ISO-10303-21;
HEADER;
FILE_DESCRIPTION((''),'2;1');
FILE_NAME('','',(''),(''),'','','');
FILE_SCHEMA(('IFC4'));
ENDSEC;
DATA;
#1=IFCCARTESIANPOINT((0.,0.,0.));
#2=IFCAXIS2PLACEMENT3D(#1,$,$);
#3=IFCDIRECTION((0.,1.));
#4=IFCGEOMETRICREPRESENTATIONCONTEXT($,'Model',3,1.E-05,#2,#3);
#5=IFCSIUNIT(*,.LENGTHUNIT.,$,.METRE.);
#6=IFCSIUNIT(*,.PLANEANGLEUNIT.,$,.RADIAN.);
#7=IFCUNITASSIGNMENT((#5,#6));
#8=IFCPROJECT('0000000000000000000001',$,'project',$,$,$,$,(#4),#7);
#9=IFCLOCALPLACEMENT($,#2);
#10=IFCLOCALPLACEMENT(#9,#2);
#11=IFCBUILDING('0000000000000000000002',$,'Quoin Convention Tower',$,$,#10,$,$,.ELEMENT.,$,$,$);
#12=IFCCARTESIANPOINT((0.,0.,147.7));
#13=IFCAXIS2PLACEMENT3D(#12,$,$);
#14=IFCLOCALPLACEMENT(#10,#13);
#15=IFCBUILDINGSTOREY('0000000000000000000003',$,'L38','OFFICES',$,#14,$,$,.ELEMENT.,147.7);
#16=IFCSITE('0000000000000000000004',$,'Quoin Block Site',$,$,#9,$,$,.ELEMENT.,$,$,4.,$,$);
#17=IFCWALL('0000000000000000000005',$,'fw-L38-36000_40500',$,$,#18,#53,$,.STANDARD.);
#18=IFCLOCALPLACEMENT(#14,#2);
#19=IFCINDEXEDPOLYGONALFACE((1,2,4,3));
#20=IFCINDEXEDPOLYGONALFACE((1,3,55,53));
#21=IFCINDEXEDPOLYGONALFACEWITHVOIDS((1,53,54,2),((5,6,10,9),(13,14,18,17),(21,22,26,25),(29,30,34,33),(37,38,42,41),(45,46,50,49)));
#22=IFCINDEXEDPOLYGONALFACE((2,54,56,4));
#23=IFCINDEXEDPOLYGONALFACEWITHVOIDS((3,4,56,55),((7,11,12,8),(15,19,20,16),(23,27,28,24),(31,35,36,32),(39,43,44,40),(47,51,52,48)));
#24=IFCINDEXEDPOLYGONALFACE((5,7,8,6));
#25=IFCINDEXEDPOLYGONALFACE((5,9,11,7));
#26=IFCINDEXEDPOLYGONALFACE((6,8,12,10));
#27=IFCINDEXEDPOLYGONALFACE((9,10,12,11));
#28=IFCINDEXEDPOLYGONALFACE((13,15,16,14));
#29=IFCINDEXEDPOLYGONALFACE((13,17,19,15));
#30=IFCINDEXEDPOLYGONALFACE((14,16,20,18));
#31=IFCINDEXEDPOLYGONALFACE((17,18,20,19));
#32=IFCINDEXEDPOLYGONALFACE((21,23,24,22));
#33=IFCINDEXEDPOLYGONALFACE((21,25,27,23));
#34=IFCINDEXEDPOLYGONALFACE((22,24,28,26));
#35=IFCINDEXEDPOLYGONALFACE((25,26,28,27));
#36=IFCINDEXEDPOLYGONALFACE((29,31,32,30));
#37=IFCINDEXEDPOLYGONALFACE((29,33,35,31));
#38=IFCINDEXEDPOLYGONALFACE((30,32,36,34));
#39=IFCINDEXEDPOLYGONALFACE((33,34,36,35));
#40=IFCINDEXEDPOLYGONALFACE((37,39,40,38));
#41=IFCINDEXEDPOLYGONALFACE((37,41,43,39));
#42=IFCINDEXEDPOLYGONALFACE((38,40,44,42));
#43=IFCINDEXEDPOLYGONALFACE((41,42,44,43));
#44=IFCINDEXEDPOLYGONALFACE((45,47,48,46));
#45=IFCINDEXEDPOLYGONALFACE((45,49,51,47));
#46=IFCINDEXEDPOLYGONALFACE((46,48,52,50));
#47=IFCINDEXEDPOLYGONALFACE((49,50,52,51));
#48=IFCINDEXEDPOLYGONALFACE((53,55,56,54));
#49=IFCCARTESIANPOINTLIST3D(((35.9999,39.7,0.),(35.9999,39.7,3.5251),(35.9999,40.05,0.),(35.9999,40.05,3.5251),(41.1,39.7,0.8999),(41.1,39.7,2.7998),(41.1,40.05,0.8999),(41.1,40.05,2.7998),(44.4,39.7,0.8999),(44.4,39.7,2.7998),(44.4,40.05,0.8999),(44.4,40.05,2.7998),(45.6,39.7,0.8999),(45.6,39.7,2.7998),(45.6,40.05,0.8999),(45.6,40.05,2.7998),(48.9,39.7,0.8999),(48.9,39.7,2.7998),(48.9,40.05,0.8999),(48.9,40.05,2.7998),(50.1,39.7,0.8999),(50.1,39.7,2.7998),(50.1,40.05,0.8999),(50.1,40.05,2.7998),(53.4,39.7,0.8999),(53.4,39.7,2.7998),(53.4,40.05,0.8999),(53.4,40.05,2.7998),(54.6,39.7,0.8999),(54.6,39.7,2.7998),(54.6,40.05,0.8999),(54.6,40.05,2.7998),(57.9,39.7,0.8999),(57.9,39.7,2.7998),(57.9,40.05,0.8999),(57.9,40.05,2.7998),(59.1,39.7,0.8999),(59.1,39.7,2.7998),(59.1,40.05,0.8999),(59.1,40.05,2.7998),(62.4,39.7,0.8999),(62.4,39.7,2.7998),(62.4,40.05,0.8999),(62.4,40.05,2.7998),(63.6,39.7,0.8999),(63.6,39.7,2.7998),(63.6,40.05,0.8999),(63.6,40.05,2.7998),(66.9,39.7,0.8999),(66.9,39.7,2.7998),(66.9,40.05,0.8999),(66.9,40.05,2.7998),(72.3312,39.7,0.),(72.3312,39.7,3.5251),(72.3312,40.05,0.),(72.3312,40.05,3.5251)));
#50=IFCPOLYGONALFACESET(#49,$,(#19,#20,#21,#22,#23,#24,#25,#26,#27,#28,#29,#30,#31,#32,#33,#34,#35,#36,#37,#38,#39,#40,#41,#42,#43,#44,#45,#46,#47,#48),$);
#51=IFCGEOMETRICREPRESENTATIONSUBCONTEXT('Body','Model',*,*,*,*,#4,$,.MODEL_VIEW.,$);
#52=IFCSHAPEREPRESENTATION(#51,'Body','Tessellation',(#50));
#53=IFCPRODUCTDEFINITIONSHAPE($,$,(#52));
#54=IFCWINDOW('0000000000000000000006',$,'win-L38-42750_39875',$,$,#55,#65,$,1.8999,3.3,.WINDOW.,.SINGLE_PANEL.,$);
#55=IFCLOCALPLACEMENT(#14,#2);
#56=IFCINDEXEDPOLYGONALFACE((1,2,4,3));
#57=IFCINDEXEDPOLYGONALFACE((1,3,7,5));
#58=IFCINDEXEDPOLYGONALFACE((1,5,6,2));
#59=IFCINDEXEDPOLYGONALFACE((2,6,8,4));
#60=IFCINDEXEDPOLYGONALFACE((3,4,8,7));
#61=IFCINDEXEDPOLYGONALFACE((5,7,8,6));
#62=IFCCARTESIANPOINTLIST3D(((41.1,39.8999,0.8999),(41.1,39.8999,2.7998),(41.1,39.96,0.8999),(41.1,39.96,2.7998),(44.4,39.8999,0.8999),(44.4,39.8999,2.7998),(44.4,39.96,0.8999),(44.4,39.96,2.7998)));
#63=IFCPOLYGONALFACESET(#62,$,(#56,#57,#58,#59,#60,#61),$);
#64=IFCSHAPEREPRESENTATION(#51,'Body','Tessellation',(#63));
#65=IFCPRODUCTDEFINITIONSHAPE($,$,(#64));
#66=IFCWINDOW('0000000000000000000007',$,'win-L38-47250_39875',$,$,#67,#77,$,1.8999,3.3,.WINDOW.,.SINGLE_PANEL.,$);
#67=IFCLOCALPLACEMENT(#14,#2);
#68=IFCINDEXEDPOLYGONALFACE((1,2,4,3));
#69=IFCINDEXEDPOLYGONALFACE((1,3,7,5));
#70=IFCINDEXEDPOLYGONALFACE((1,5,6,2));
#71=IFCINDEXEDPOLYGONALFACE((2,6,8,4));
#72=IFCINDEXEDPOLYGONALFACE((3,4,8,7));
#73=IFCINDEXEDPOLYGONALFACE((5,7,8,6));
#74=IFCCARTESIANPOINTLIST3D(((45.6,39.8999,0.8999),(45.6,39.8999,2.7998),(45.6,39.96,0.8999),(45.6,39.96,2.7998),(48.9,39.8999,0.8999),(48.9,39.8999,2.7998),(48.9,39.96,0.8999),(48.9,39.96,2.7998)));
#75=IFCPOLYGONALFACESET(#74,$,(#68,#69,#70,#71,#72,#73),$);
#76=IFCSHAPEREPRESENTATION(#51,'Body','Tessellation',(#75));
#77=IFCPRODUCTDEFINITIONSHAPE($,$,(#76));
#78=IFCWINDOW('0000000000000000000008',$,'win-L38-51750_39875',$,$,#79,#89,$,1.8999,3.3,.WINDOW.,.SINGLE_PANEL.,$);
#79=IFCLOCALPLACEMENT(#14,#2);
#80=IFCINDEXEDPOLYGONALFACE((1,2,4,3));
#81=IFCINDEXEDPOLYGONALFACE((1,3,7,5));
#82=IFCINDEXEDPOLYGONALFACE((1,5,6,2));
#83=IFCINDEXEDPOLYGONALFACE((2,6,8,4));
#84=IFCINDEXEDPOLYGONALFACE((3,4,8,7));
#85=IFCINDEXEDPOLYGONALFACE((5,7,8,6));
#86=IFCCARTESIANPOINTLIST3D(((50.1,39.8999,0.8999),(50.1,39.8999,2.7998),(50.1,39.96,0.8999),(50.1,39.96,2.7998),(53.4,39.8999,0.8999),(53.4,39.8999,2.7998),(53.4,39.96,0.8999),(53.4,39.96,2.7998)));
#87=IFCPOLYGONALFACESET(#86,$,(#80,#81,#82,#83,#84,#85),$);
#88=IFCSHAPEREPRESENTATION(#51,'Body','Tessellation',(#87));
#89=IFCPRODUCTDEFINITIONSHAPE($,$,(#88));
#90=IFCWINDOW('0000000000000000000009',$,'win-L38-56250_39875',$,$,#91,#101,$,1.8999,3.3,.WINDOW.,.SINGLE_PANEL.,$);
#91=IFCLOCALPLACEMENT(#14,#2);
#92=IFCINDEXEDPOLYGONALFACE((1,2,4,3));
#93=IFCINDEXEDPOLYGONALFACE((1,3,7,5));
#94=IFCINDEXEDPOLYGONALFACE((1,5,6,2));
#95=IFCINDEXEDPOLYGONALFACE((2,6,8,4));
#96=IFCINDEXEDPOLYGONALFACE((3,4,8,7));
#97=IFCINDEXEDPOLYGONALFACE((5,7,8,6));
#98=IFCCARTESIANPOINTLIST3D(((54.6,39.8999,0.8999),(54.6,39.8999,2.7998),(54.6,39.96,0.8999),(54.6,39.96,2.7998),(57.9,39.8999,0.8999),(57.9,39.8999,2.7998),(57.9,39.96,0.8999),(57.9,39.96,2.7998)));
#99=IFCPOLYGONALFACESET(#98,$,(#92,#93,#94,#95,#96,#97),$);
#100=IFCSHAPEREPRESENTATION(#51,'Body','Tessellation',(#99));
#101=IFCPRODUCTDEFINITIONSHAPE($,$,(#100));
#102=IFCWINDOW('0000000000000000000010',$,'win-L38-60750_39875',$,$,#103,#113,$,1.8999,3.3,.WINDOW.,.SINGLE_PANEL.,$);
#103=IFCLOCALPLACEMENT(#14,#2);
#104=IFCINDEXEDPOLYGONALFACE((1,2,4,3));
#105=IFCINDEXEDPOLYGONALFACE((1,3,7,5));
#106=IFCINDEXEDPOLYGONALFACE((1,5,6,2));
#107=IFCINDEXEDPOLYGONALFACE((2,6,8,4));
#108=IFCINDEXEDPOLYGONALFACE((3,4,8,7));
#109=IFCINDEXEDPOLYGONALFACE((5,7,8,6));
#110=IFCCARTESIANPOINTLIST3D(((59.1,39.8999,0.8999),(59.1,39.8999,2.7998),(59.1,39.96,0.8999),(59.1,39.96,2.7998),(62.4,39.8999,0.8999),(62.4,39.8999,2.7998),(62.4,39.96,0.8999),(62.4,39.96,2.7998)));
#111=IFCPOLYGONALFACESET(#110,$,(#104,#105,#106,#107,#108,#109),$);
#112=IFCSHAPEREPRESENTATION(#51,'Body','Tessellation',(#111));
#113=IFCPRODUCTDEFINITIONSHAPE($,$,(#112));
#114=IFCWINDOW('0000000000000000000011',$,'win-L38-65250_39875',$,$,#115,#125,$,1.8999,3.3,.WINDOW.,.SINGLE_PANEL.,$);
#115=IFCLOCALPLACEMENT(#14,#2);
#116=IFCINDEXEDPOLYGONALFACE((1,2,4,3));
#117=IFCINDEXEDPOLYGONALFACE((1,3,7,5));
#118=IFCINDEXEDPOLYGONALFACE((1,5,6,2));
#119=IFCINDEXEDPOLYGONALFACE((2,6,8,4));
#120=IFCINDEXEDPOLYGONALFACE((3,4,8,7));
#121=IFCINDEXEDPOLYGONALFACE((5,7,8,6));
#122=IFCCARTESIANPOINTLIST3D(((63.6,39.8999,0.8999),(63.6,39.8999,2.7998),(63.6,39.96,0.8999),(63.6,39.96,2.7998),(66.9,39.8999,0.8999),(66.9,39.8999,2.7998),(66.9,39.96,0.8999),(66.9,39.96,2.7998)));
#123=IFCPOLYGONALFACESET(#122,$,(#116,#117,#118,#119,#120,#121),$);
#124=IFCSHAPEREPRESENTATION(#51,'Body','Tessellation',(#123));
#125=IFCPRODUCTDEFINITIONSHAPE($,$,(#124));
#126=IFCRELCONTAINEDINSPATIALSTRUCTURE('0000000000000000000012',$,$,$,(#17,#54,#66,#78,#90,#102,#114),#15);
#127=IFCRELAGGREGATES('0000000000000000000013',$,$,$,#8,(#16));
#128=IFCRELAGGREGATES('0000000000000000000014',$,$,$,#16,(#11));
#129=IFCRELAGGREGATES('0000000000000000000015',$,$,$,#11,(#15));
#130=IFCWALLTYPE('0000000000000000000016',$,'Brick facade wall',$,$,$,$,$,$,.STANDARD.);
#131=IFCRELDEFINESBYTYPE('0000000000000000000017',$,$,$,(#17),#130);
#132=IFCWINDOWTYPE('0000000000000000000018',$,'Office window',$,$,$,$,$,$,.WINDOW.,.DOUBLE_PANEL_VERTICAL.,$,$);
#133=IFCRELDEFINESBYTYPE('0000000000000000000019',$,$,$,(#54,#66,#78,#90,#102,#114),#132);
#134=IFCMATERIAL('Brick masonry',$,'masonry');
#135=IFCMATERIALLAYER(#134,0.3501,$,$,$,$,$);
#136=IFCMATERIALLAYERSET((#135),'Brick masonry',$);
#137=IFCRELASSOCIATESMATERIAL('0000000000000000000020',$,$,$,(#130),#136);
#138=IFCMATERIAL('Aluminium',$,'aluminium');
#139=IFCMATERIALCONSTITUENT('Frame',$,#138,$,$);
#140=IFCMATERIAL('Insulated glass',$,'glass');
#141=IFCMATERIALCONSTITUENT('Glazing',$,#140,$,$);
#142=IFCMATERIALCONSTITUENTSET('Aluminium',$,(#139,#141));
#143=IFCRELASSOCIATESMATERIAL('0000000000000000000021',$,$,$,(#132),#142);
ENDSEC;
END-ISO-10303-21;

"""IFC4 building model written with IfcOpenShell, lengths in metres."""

from ifc_helpers import new_model, si_unit, direction, frame, frame_2d, origin, place, context, subcontext, project, spatial, rectangle, extrude, material, layer, layer_set, constituent, constituent_set, type_object, element, fill, save


model = new_model("IFC4")

# Units and contexts
model_context = context("Model", 3, precision=1e-05, world=origin(), true_north=direction((0.0, 1.0)))
body_context = subcontext(model_context, "Body", "Model", "MODEL_VIEW")
ifc_project = project(units=[si_unit("LENGTHUNIT", "METRE"), si_unit("PLANEANGLEUNIT", "RADIAN")], contexts=[model_context])

# Site, building, storey
site_placement = place(None, origin())
site = spatial("IfcSite", under=ifc_project, at=site_placement, Name="Quoin Block Site", CompositionType="ELEMENT", RefElevation=4.0)
building_placement = place(site_placement, origin())
building = spatial("IfcBuilding", under=site, at=building_placement, Name="Quoin Convention Tower", CompositionType="ELEMENT")
storey_placement = place(building_placement, frame((0.0, 0.0, 147.7)))
storey = spatial("IfcBuildingStorey", under=building, at=storey_placement, Name="L38", Description="OFFICES", CompositionType="ELEMENT", Elevation=147.7)

# Wall, openings, windows
ifc_material_1 = material(Name="Brick masonry", Category="masonry")
ifc_layer_1 = layer(ifc_material_1, 0.3501)
ifc_layer_set_1 = layer_set([ifc_layer_1], Name="Brick masonry")
wall_type_1 = type_object("IfcWallType", Name="Brick facade wall", PredefinedType="STANDARD", material=ifc_layer_set_1)
wall_1_placement = place(storey_placement, frame((36.0, 39.875, 0.0), z_axis=(0.0, 0.0, 1.0), x_axis=(1.0, 0.0, 0.0)))
wall_1 = element("IfcWall", 1, at=wall_1_placement, inside=storey, type_object=wall_type_1, Name="fw-L38-36000_40500", PredefinedType="STANDARD", context=body_context, shape_type="SweptSolid", body=[
    extrude(rectangle(XDim=36.3313, YDim=0.3501, at=frame_2d((18.1655, 0.0))), origin(), (0.0, 0.0, 1.0), 3.5251),
])
opening_1_placement = place(wall_1_placement, frame((5.1001, 0.0, 0.8999)))
opening_1 = element("IfcOpeningElement", 2, at=opening_1_placement, cuts=wall_1, PredefinedType="OPENING", context=body_context, shape_type="SweptSolid", body=[
    extrude(rectangle(XDim=3.3, YDim=1.8999, at=frame_2d((1.6499, 0.95))), frame((0.0, 0.1851, 0.0), z_axis=(0.0, -1.0, 0.0), x_axis=(1.0, 0.0, 0.0)), (0.0, 0.0, 1.0), 0.3701),
])
opening_2_placement = place(wall_1_placement, frame((9.6001, 0.0, 0.8999)))
opening_2 = element("IfcOpeningElement", 3, at=opening_2_placement, cuts=wall_1, PredefinedType="OPENING", context=body_context, shape_type="SweptSolid", body=[
    extrude(rectangle(XDim=3.3, YDim=1.8999, at=frame_2d((1.6499, 0.95))), frame((0.0, 0.1851, 0.0), z_axis=(0.0, -1.0, 0.0), x_axis=(1.0, 0.0, 0.0)), (0.0, 0.0, 1.0), 0.3701),
])
opening_3_placement = place(wall_1_placement, frame((14.1001, 0.0, 0.8999)))
opening_3 = element("IfcOpeningElement", 4, at=opening_3_placement, cuts=wall_1, PredefinedType="OPENING", context=body_context, shape_type="SweptSolid", body=[
    extrude(rectangle(XDim=3.3, YDim=1.8999, at=frame_2d((1.6499, 0.95))), frame((0.0, 0.1851, 0.0), z_axis=(0.0, -1.0, 0.0), x_axis=(1.0, 0.0, 0.0)), (0.0, 0.0, 1.0), 0.3701),
])
opening_4_placement = place(wall_1_placement, frame((18.6001, 0.0, 0.8999)))
opening_4 = element("IfcOpeningElement", 5, at=opening_4_placement, cuts=wall_1, PredefinedType="OPENING", context=body_context, shape_type="SweptSolid", body=[
    extrude(rectangle(XDim=3.3, YDim=1.8999, at=frame_2d((1.6499, 0.95))), frame((0.0, 0.1851, 0.0), z_axis=(0.0, -1.0, 0.0), x_axis=(1.0, 0.0, 0.0)), (0.0, 0.0, 1.0), 0.3701),
])
opening_5_placement = place(wall_1_placement, frame((23.1001, 0.0, 0.8999)))
opening_5 = element("IfcOpeningElement", 6, at=opening_5_placement, cuts=wall_1, PredefinedType="OPENING", context=body_context, shape_type="SweptSolid", body=[
    extrude(rectangle(XDim=3.3, YDim=1.8999, at=frame_2d((1.6499, 0.95))), frame((0.0, 0.1851, 0.0), z_axis=(0.0, -1.0, 0.0), x_axis=(1.0, 0.0, 0.0)), (0.0, 0.0, 1.0), 0.3701),
])
opening_6_placement = place(wall_1_placement, frame((27.6001, 0.0, 0.8999)))
opening_6 = element("IfcOpeningElement", 7, at=opening_6_placement, cuts=wall_1, PredefinedType="OPENING", context=body_context, shape_type="SweptSolid", body=[
    extrude(rectangle(XDim=3.3, YDim=1.8999, at=frame_2d((1.6499, 0.95))), frame((0.0, 0.1851, 0.0), z_axis=(0.0, -1.0, 0.0), x_axis=(1.0, 0.0, 0.0)), (0.0, 0.0, 1.0), 0.3701),
])
ifc_material_2 = material(Name="Aluminium", Category="aluminium")
ifc_constituent_1 = constituent(ifc_material_2, Name="Frame")
ifc_material_3 = material(Name="Insulated glass", Category="glass")
ifc_constituent_2 = constituent(ifc_material_3, Name="Glazing")
ifc_constituent_set = constituent_set(constituents=[ifc_constituent_1, ifc_constituent_2], Name="Aluminium")
window_type = type_object("IfcWindowType", Name="Office window", PartitioningType="DOUBLE_PANEL_VERTICAL", PredefinedType="WINDOW", material=ifc_constituent_set)
window_1_placement = place(opening_1_placement, origin())
window_1 = element("IfcWindow", 8, at=window_1_placement, inside=storey, type_object=window_type, Name="win-L38-42750_39875", OverallHeight=1.8999, OverallWidth=3.3, PartitioningType="SINGLE_PANEL", PredefinedType="WINDOW", context=body_context, shape_type="SweptSolid", body=[
    extrude(rectangle(XDim=3.3, YDim=1.8999, at=frame_2d((1.6499, 0.95))), frame((0.0, 0.085, 0.0), z_axis=(0.0, -1.0, 0.0), x_axis=(1.0, 0.0, 0.0)), (0.0, 0.0, 1.0), 0.0601),
])
fill(opening_1, window_1)
window_2_placement = place(opening_2_placement, origin())
window_2 = element("IfcWindow", 9, at=window_2_placement, inside=storey, type_object=window_type, Name="win-L38-47250_39875", OverallHeight=1.8999, OverallWidth=3.3, PartitioningType="SINGLE_PANEL", PredefinedType="WINDOW", context=body_context, shape_type="SweptSolid", body=[
    extrude(rectangle(XDim=3.3, YDim=1.8999, at=frame_2d((1.6499, 0.95))), frame((0.0, 0.085, 0.0), z_axis=(0.0, -1.0, 0.0), x_axis=(1.0, 0.0, 0.0)), (0.0, 0.0, 1.0), 0.0601),
])
fill(opening_2, window_2)
window_3_placement = place(opening_3_placement, origin())
window_3 = element("IfcWindow", 10, at=window_3_placement, inside=storey, type_object=window_type, Name="win-L38-51750_39875", OverallHeight=1.8999, OverallWidth=3.3, PartitioningType="SINGLE_PANEL", PredefinedType="WINDOW", context=body_context, shape_type="SweptSolid", body=[
    extrude(rectangle(XDim=3.3, YDim=1.8999, at=frame_2d((1.6499, 0.95))), frame((0.0, 0.085, 0.0), z_axis=(0.0, -1.0, 0.0), x_axis=(1.0, 0.0, 0.0)), (0.0, 0.0, 1.0), 0.0601),
])
fill(opening_3, window_3)
window_4_placement = place(opening_4_placement, origin())
window_4 = element("IfcWindow", 11, at=window_4_placement, inside=storey, type_object=window_type, Name="win-L38-56250_39875", OverallHeight=1.8999, OverallWidth=3.3, PartitioningType="SINGLE_PANEL", PredefinedType="WINDOW", context=body_context, shape_type="SweptSolid", body=[
    extrude(rectangle(XDim=3.3, YDim=1.8999, at=frame_2d((1.6499, 0.95))), frame((0.0, 0.085, 0.0), z_axis=(0.0, -1.0, 0.0), x_axis=(1.0, 0.0, 0.0)), (0.0, 0.0, 1.0), 0.0601),
])
fill(opening_4, window_4)
window_5_placement = place(opening_5_placement, origin())
window_5 = element("IfcWindow", 12, at=window_5_placement, inside=storey, type_object=window_type, Name="win-L38-60750_39875", OverallHeight=1.8999, OverallWidth=3.3, PartitioningType="SINGLE_PANEL", PredefinedType="WINDOW", context=body_context, shape_type="SweptSolid", body=[
    extrude(rectangle(XDim=3.3, YDim=1.8999, at=frame_2d((1.6499, 0.95))), frame((0.0, 0.085, 0.0), z_axis=(0.0, -1.0, 0.0), x_axis=(1.0, 0.0, 0.0)), (0.0, 0.0, 1.0), 0.0601),
])
fill(opening_5, window_5)
window_6_placement = place(opening_6_placement, origin())
window_6 = element("IfcWindow", 13, at=window_6_placement, inside=storey, type_object=window_type, Name="win-L38-65250_39875", OverallHeight=1.8999, OverallWidth=3.3, PartitioningType="SINGLE_PANEL", PredefinedType="WINDOW", context=body_context, shape_type="SweptSolid", body=[
    extrude(rectangle(XDim=3.3, YDim=1.8999, at=frame_2d((1.6499, 0.95))), frame((0.0, 0.085, 0.0), z_axis=(0.0, -1.0, 0.0), x_axis=(1.0, 0.0, 0.0)), (0.0, 0.0, 1.0), 0.0601),
])
fill(opening_6, window_6)

save(model, "model.ifc")
